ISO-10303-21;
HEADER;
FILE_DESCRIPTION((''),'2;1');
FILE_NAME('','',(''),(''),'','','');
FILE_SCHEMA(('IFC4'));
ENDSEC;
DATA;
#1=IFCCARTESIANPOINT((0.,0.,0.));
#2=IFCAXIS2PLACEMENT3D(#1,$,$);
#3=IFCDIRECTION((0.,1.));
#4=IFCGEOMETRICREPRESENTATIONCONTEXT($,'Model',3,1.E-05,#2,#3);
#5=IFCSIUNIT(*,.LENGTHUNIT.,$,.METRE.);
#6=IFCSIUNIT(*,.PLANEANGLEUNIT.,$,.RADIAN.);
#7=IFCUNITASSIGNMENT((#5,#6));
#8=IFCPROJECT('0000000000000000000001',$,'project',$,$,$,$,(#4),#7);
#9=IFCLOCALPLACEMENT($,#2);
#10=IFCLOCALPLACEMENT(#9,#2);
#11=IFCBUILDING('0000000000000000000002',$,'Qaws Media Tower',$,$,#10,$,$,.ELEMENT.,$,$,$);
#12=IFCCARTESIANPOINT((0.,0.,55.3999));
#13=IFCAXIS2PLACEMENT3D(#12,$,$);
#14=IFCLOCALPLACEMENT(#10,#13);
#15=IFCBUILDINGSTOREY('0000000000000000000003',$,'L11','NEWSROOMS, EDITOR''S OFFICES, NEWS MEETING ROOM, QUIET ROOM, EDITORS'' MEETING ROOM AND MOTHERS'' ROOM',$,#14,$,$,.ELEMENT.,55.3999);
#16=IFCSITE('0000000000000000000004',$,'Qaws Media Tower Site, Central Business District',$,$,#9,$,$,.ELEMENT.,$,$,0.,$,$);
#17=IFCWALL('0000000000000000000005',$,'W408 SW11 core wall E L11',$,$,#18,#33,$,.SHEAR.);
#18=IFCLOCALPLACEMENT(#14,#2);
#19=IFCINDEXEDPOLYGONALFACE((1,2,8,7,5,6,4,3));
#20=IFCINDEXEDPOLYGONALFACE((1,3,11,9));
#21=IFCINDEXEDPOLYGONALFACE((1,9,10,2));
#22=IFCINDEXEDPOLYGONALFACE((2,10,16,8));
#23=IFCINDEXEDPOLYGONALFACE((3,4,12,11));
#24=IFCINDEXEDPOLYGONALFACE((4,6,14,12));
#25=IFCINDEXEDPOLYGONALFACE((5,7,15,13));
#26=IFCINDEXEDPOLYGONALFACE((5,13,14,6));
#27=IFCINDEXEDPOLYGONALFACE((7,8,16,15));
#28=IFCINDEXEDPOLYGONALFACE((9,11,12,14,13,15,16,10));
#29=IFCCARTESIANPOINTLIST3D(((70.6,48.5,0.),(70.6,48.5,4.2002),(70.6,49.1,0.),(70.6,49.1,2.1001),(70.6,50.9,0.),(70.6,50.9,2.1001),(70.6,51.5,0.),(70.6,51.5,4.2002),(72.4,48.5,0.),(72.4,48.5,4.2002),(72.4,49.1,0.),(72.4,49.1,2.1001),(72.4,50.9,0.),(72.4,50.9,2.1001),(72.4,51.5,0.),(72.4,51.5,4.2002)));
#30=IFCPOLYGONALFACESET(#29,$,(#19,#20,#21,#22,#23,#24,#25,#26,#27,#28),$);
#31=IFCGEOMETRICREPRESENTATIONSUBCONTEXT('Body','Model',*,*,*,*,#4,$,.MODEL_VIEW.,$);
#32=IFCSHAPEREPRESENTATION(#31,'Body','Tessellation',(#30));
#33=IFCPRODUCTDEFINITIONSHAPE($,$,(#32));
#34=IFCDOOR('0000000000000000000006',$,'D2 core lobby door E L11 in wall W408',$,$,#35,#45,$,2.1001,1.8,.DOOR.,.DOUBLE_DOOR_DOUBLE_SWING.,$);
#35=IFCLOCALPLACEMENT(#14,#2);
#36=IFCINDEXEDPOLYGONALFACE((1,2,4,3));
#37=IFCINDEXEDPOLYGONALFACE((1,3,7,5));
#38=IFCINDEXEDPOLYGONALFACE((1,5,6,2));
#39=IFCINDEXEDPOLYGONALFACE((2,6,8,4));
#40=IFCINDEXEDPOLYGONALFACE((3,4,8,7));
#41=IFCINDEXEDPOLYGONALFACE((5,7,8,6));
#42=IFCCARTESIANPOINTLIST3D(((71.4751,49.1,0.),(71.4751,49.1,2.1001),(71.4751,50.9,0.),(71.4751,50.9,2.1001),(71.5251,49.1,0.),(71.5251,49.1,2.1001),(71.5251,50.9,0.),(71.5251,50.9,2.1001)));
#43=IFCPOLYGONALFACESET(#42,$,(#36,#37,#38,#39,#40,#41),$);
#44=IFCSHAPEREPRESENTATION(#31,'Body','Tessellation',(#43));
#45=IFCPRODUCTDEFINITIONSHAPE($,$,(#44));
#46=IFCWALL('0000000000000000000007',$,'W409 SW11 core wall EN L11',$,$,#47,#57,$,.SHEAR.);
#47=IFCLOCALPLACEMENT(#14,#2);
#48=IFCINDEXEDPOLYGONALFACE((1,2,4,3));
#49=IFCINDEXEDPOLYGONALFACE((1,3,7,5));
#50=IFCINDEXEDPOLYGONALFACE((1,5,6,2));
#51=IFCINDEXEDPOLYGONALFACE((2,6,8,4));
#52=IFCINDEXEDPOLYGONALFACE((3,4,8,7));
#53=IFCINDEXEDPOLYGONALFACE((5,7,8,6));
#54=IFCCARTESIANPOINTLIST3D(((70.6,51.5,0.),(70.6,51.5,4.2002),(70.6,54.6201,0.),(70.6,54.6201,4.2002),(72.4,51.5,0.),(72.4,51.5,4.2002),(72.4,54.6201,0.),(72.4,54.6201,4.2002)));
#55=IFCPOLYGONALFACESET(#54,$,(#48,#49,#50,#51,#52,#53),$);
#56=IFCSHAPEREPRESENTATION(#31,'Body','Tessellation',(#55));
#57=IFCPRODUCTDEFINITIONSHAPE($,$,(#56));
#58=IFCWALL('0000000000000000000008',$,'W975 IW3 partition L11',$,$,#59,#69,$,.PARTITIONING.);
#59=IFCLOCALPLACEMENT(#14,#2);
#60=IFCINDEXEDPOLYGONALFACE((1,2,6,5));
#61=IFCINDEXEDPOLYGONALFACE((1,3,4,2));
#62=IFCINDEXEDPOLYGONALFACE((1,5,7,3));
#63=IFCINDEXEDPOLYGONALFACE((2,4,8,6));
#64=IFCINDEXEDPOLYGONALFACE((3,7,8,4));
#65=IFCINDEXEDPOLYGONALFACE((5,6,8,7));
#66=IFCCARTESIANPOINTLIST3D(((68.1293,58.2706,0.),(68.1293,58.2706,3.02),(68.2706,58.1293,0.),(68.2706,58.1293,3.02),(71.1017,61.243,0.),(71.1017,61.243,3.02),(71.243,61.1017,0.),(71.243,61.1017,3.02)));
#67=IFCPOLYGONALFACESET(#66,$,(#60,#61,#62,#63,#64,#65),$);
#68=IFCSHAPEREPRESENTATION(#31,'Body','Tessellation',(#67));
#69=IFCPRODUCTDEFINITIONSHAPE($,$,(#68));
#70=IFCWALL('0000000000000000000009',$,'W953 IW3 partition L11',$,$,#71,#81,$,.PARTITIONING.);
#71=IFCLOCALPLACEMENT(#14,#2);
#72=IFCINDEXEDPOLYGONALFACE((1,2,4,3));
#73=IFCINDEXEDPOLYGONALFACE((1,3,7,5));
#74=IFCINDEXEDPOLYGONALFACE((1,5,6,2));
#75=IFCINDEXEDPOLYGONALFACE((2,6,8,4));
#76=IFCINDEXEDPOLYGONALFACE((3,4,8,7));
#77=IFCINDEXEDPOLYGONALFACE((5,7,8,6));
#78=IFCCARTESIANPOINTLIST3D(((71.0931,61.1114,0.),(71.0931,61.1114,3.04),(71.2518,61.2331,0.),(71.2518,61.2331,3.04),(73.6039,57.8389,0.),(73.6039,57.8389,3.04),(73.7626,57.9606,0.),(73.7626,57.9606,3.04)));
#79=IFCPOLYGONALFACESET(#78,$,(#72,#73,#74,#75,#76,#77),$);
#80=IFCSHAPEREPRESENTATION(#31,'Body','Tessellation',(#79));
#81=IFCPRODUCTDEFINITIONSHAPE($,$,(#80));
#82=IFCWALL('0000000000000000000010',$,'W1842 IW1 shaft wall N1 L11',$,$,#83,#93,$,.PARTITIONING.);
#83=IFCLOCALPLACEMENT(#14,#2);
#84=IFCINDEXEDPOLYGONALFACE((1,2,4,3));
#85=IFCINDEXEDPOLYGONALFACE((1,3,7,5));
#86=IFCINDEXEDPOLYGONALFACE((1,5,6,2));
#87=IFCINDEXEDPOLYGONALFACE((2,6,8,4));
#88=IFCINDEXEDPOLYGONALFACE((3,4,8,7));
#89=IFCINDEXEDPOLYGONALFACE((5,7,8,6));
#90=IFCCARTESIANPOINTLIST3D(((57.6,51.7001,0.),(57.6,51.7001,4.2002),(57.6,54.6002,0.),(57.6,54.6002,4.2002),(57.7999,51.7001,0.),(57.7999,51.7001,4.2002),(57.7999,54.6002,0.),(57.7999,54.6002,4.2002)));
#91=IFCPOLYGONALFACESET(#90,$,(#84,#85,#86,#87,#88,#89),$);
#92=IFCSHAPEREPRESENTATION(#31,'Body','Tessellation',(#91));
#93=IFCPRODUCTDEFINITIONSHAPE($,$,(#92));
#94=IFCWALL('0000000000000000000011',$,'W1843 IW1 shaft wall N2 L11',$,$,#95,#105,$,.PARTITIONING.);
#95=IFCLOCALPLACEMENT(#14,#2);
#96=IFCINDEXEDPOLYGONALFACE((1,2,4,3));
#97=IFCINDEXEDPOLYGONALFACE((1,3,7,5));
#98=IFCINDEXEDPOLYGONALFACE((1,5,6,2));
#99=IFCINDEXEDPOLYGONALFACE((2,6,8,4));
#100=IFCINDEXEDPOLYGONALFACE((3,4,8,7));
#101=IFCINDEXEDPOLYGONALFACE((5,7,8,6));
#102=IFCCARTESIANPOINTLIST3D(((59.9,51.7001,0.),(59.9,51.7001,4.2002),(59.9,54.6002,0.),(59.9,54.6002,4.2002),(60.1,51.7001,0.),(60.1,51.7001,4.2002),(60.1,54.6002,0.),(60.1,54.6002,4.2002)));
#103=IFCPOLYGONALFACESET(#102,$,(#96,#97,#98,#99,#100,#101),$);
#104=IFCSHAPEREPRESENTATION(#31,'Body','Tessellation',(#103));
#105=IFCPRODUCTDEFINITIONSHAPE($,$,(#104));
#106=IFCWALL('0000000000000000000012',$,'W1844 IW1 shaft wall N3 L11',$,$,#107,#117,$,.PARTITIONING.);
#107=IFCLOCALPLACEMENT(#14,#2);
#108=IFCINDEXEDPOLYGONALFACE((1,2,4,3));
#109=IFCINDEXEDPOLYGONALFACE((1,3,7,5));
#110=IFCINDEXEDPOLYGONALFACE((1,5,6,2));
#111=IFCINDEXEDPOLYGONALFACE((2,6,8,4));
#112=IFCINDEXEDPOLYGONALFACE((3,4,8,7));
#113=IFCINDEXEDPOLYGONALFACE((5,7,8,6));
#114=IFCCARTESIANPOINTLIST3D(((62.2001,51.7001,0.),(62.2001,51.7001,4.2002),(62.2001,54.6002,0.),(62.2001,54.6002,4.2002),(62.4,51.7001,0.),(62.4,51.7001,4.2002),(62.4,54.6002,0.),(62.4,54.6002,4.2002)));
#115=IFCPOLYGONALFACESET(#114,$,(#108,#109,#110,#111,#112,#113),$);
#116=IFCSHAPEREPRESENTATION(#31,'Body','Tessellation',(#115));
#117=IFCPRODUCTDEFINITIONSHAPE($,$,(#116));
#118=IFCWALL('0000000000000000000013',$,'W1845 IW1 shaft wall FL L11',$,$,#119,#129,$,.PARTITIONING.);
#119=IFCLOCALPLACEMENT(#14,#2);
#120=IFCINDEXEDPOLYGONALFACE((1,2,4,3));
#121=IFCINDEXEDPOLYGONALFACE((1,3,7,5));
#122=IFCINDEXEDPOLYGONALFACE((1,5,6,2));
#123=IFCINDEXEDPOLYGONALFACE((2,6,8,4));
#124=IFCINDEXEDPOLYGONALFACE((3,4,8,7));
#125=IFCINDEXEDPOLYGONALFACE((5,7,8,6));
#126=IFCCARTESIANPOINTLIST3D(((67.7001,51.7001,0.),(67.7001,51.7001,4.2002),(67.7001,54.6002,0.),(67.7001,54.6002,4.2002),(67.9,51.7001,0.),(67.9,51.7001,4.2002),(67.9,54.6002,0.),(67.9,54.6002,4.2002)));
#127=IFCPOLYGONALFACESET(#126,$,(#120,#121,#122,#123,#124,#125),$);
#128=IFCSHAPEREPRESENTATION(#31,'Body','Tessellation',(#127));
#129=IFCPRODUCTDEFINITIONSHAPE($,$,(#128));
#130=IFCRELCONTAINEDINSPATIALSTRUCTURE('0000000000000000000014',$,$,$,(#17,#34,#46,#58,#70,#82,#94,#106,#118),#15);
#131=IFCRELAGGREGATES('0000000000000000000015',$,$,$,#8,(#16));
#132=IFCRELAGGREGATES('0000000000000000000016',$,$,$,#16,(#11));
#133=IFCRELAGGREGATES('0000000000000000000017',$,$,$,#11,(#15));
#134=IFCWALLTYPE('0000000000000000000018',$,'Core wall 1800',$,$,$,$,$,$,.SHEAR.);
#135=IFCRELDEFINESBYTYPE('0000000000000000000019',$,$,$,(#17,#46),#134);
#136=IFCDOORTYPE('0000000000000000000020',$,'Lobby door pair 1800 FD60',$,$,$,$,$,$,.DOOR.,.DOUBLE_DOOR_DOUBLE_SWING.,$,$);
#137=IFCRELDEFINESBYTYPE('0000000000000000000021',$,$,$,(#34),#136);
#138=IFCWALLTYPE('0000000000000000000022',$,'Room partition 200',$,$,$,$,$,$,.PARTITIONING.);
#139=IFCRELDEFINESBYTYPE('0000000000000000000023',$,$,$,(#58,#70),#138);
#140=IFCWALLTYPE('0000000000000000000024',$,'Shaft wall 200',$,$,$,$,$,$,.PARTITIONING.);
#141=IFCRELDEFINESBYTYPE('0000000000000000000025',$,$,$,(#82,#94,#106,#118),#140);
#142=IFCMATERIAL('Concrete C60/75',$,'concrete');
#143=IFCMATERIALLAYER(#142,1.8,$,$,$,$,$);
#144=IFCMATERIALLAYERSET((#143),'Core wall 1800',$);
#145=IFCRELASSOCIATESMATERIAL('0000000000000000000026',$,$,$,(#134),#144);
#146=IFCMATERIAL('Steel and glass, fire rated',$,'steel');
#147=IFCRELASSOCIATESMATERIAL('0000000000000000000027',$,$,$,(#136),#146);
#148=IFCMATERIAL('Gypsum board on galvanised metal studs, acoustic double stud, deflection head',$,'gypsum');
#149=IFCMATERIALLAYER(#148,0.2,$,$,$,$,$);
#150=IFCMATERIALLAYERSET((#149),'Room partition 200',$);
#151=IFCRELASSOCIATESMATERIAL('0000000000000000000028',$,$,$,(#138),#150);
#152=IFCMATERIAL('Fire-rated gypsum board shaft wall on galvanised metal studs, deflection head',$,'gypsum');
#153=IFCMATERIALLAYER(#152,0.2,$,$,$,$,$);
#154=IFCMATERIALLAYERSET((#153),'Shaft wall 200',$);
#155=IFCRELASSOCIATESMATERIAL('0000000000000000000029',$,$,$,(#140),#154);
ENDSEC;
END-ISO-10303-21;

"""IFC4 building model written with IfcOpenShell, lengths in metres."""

from ifc_helpers import new_model, si_unit, direction, frame, frame_2d, origin, place, context, subcontext, project, spatial, rectangle, extrude, material, layer, layer_set, type_object, element, fill, save


model = new_model("IFC4")

# Units and contexts
model_context = context("Model", 3, precision=1e-05, world=origin(), true_north=direction((0.0, 1.0)))
body_context = subcontext(model_context, "Body", "Model", "MODEL_VIEW")
ifc_project = project(units=[si_unit("LENGTHUNIT", "METRE"), si_unit("PLANEANGLEUNIT", "RADIAN")], contexts=[model_context])

# Site, building, storey
site_placement = place(None, origin())
site = spatial("IfcSite", under=ifc_project, at=site_placement, Name="Qaws Media Tower Site, Central Business District", CompositionType="ELEMENT", RefElevation=0.0)
building_placement = place(site_placement, origin())
building = spatial("IfcBuilding", under=site, at=building_placement, Name="Qaws Media Tower", CompositionType="ELEMENT")
storey_placement = place(building_placement, frame((0.0, 0.0, 55.3999)))
storey = spatial("IfcBuildingStorey", under=building, at=storey_placement, Name="L11", Description="NEWSROOMS, EDITOR'S OFFICES, NEWS MEETING ROOM, QUIET ROOM, EDITORS' MEETING ROOM AND MOTHERS' ROOM", CompositionType="ELEMENT", Elevation=55.3999)

# Shared definitions
ifc_material_1 = material(Name="Concrete C60/75", Category="concrete")
ifc_layer_1 = layer(ifc_material_1, 1.8)
ifc_layer_set_1 = layer_set([ifc_layer_1], Name="Core wall 1800")
wall_type_1 = type_object("IfcWallType", Name="Core wall 1800", PredefinedType="SHEAR", material=ifc_layer_set_1)

# Wall, opening, door
wall_1_placement = place(storey_placement, frame((71.5, 48.5, 0.0), z_axis=(0.0, 0.0, 1.0), x_axis=(0.0, 1.0, 0.0)))
wall_1 = element("IfcWall", 1, at=wall_1_placement, inside=storey, type_object=wall_type_1, Name="W408 SW11 core wall E L11", PredefinedType="SHEAR", context=body_context, shape_type="SweptSolid", body=[
    extrude(rectangle(XDim=3.0, YDim=1.8, at=frame_2d((1.5, 0.0))), origin(), (0.0, 0.0, 1.0), 4.2002),
])
opening_1_placement = place(wall_1_placement, frame((0.6001, 0.0, 0.0)))
opening_1 = element("IfcOpeningElement", 2, at=opening_1_placement, cuts=wall_1, PredefinedType="OPENING", context=body_context, shape_type="SweptSolid", body=[
    extrude(rectangle(XDim=1.8, YDim=2.1001, at=frame_2d((0.8999, 1.05))), frame((0.0, 0.9099, 0.0), z_axis=(0.0, -1.0, 0.0), x_axis=(1.0, 0.0, 0.0)), (0.0, 0.0, 1.0), 1.8201),
])
ifc_material_2 = material(Name="Steel and glass, fire rated", Category="steel")
door_type_1 = type_object("IfcDoorType", Name="Lobby door pair 1800 FD60", OperationType="DOUBLE_DOOR_DOUBLE_SWING", PredefinedType="DOOR", material=ifc_material_2)
door_1_placement = place(opening_1_placement, origin())
door_1 = element("IfcDoor", 3, at=door_1_placement, inside=storey, type_object=door_type_1, Name="D2 core lobby door E L11 in wall W408", OperationType="DOUBLE_DOOR_DOUBLE_SWING", OverallHeight=2.1001, OverallWidth=1.8, PredefinedType="DOOR", context=body_context, shape_type="SweptSolid", body=[
    extrude(rectangle(XDim=1.8, YDim=2.1001, at=frame_2d((0.8999, 1.05))), frame((0.0, 0.0249, 0.0), z_axis=(0.0, -1.0, 0.0), x_axis=(1.0, 0.0, 0.0)), (0.0, 0.0, 1.0), 0.05),
])
fill(opening_1, door_1)

# Walls
wall_2_placement = place(storey_placement, frame((71.5, 51.5, 0.0), z_axis=(0.0, 0.0, 1.0), x_axis=(0.0, 1.0, 0.0)))
element("IfcWall", 4, at=wall_2_placement, inside=storey, type_object=wall_type_1, Name="W409 SW11 core wall EN L11", PredefinedType="SHEAR", context=body_context, shape_type="SweptSolid", body=[
    extrude(rectangle(XDim=3.1201, YDim=1.8, at=frame_2d((1.5601, 0.0))), origin(), (0.0, 0.0, 1.0), 4.2002),
])
ifc_material_3 = material(Name="Gypsum board on galvanised metal studs, acoustic double stud, deflection head", Category="gypsum")
ifc_layer_2 = layer(ifc_material_3, 0.2)
ifc_layer_set_2 = layer_set([ifc_layer_2], Name="Room partition 200")
wall_type_2 = type_object("IfcWallType", Name="Room partition 200", PredefinedType="PARTITIONING", material=ifc_layer_set_2)
wall_3_placement = place(storey_placement, frame((68.2, 58.2, 0.0), z_axis=(0.0, 0.0, 1.0), x_axis=(0.707107, 0.707107, 0.0)))
element("IfcWall", 5, at=wall_3_placement, inside=storey, type_object=wall_type_2, Name="W975 IW3 partition L11", PredefinedType="PARTITIONING", context=body_context, shape_type="SweptSolid", body=[
    extrude(rectangle(XDim=4.2036, YDim=0.2, at=frame_2d((2.1018, 0.0))), origin(), (0.0, 0.0, 1.0), 3.02),
])
wall_4_placement = place(storey_placement, frame((71.1724, 61.1724, 0.0), z_axis=(0.0, 0.0, 1.0), x_axis=(0.608715, -0.793389, 0.0)))
element("IfcWall", 6, at=wall_4_placement, inside=storey, type_object=wall_type_2, Name="W953 IW3 partition L11", PredefinedType="PARTITIONING", context=body_context, shape_type="SweptSolid", body=[
    extrude(rectangle(XDim=4.1248, YDim=0.2, at=frame_2d((2.0625, 0.0))), origin(), (0.0, 0.0, 1.0), 3.04),
])
ifc_material_4 = material(Name="Fire-rated gypsum board shaft wall on galvanised metal studs, deflection head", Category="gypsum")
ifc_layer_3 = layer(ifc_material_4, 0.2)
ifc_layer_set_3 = layer_set([ifc_layer_3], Name="Shaft wall 200")
wall_type_3 = type_object("IfcWallType", Name="Shaft wall 200", PredefinedType="PARTITIONING", material=ifc_layer_set_3)
for number, where, z_axis, x_axis, name in (
    (7, (57.7, 51.7, 0.0), (0.0, 0.0, 1.0), (0.0, 1.0, 0.0), "W1842 IW1 shaft wall N1 L11"),
    (8, (60.0, 51.7, 0.0), (0.0, 0.0, 1.0), (0.0, 1.0, 0.0), "W1843 IW1 shaft wall N2 L11"),
    (9, (62.3, 51.7, 0.0), (0.0, 0.0, 1.0), (0.0, 1.0, 0.0), "W1844 IW1 shaft wall N3 L11"),
    (10, (67.8, 51.7, 0.0), (0.0, 0.0, 1.0), (0.0, 1.0, 0.0), "W1845 IW1 shaft wall FL L11"),
):
    element("IfcWall", number, at=place(storey_placement, frame(where, z_axis=z_axis, x_axis=x_axis)), inside=storey, type_object=wall_type_3, Name=name, PredefinedType="PARTITIONING", context=body_context, shape_type="SweptSolid", body=[
        extrude(rectangle(XDim=2.9001, YDim=0.2, at=frame_2d((1.4502, 0.0))), origin(), (0.0, 0.0, 1.0), 4.2002),
    ])

save(model, "model.ifc")
